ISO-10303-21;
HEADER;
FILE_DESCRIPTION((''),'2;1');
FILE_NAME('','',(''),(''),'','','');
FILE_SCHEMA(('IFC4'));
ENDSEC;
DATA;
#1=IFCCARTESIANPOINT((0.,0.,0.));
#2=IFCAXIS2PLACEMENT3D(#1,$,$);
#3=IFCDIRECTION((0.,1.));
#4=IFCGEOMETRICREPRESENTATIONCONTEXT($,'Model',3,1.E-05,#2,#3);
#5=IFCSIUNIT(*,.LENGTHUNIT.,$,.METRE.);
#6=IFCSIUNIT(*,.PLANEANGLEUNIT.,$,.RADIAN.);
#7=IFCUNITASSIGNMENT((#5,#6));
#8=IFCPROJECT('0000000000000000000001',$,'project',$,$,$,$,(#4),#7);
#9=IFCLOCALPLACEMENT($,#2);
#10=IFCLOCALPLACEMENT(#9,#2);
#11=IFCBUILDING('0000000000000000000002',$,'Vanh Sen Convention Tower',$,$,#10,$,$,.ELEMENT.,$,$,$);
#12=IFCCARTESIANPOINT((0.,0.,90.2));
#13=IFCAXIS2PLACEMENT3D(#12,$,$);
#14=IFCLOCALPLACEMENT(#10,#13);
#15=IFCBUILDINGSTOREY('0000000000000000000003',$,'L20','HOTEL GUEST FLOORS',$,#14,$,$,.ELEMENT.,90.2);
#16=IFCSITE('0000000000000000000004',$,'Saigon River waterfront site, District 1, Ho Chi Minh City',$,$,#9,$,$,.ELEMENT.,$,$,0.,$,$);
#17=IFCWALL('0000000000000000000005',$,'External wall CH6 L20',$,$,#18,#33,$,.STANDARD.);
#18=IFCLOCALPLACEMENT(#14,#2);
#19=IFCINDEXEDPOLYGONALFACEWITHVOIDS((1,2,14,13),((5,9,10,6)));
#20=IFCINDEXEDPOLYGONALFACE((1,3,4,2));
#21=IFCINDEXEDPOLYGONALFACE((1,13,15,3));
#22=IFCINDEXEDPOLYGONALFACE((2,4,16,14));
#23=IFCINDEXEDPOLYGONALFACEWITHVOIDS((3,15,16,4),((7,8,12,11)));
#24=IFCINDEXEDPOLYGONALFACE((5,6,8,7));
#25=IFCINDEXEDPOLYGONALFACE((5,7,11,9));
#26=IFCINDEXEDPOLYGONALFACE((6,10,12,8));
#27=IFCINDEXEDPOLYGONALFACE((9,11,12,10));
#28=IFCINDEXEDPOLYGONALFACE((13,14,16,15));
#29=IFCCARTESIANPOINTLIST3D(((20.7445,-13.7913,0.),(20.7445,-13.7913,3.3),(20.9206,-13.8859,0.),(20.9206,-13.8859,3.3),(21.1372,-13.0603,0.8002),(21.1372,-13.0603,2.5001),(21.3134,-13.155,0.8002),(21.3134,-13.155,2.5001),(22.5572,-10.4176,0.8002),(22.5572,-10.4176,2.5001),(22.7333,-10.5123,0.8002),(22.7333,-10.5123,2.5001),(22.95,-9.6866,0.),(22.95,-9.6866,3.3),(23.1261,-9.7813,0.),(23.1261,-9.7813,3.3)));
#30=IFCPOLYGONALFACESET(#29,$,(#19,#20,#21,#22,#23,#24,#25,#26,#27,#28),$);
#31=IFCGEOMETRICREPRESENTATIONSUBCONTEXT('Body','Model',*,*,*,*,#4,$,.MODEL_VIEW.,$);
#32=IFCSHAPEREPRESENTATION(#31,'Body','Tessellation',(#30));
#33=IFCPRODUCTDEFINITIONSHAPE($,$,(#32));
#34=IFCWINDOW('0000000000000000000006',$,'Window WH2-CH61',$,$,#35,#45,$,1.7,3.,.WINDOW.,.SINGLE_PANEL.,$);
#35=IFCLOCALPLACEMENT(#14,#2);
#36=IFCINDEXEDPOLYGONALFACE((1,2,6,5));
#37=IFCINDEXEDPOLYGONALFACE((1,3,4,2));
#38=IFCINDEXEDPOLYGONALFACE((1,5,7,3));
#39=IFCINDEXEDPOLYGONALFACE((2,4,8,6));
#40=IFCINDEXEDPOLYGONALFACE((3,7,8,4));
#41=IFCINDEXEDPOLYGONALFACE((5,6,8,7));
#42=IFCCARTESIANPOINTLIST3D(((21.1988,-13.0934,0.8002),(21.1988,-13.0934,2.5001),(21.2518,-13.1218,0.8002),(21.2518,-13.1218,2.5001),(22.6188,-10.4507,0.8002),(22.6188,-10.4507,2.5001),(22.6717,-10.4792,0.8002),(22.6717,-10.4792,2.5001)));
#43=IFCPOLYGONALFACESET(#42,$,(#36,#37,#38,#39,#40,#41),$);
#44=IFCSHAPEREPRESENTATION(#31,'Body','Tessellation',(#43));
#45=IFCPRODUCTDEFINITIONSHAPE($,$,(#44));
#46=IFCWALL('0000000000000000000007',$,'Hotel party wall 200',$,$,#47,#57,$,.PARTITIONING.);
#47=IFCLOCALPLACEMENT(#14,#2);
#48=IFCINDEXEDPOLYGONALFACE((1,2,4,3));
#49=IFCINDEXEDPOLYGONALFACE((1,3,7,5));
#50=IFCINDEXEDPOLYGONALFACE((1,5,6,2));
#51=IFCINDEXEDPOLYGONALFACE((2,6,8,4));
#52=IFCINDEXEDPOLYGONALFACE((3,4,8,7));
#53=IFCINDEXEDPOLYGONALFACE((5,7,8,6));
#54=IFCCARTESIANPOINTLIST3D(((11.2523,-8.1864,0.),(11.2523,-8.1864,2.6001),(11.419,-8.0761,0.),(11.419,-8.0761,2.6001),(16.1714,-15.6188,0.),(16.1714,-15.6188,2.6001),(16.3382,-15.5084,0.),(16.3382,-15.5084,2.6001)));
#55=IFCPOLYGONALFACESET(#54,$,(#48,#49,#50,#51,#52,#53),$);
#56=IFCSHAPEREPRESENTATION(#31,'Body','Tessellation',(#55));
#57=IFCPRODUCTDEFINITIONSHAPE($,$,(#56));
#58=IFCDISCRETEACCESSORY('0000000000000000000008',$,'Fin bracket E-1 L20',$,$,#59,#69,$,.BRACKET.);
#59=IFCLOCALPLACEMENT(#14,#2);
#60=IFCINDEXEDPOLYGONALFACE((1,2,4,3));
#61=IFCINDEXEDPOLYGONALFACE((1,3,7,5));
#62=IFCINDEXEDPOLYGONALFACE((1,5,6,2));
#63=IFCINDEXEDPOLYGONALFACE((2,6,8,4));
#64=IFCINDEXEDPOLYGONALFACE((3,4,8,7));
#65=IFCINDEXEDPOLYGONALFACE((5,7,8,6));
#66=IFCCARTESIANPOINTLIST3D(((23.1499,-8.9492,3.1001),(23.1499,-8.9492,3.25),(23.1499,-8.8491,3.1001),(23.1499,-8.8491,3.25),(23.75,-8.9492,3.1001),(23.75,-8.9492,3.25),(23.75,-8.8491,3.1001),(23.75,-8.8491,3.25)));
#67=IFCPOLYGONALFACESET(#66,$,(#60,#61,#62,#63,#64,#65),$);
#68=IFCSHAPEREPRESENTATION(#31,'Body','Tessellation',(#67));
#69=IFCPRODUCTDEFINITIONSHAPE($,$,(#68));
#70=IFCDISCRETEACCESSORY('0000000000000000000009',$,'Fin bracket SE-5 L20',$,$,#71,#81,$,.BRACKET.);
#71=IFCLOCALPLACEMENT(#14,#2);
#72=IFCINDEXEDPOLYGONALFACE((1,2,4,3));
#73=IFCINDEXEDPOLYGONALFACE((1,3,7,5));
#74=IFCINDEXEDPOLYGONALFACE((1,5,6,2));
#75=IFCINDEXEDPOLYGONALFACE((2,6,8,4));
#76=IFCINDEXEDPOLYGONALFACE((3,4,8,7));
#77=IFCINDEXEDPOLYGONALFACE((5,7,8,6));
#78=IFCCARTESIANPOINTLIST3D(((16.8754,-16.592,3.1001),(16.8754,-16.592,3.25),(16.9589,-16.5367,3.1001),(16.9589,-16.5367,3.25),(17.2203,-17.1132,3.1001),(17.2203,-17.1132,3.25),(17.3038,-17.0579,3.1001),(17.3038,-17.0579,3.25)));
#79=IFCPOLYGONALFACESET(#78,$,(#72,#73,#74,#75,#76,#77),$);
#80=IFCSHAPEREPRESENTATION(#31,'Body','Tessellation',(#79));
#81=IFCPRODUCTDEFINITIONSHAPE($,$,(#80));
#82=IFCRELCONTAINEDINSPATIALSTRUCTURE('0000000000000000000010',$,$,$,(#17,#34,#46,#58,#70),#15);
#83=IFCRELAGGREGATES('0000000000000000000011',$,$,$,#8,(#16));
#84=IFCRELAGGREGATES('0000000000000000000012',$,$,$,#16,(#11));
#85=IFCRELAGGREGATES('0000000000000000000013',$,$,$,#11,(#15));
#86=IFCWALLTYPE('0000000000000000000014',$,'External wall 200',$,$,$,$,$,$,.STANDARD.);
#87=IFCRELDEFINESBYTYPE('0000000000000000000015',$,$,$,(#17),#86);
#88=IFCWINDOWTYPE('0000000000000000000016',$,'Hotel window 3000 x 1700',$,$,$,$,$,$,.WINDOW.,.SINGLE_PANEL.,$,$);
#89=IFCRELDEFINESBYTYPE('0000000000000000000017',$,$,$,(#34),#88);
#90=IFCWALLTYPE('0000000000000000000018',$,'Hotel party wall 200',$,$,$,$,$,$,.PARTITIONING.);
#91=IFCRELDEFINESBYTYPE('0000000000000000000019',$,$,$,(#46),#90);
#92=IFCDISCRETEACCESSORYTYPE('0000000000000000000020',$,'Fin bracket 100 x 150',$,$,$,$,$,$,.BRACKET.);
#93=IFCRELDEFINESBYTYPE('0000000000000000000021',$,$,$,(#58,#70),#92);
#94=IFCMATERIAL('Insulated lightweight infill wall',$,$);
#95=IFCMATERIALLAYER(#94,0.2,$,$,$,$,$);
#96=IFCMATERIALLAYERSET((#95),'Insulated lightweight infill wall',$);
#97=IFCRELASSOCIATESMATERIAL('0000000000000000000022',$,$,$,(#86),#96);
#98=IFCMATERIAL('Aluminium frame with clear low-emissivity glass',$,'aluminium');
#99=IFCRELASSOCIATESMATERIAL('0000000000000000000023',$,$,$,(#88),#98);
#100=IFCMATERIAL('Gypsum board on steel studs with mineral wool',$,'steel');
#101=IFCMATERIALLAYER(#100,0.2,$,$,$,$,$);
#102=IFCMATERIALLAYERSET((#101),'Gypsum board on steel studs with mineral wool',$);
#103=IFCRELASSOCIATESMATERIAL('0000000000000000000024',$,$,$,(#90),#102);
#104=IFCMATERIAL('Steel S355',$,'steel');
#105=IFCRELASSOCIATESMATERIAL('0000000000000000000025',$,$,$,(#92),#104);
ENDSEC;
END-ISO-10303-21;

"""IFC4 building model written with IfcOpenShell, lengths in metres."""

from ifc_helpers import new_model, si_unit, direction, frame, frame_2d, origin, origin_2d, place, context, subcontext, project, spatial, rectangle, extrude, material, layer, layer_set, type_object, element, fill, save


model = new_model("IFC4")

# Units and contexts
model_context = context("Model", 3, precision=1e-05, world=origin(), true_north=direction((0.0, 1.0)))
body_context = subcontext(model_context, "Body", "Model", "MODEL_VIEW")
ifc_project = project(units=[si_unit("LENGTHUNIT", "METRE"), si_unit("PLANEANGLEUNIT", "RADIAN")], contexts=[model_context])

# Site, building, storey
site_placement = place(None, origin())
site = spatial("IfcSite", under=ifc_project, at=site_placement, Name="Saigon River waterfront site, District 1, Ho Chi Minh City", CompositionType="ELEMENT", RefElevation=0.0)
building_placement = place(site_placement, origin())
building = spatial("IfcBuilding", under=site, at=building_placement, Name="Vanh Sen Convention Tower", CompositionType="ELEMENT")
storey_placement = place(building_placement, frame((0.0, 0.0, 90.2)))
storey = spatial("IfcBuildingStorey", under=building, at=storey_placement, Name="L20", Description="HOTEL GUEST FLOORS", CompositionType="ELEMENT", Elevation=90.2)

# Shared definitions
ifc_material_1 = material(Name="Insulated lightweight infill wall")
ifc_layer_1 = layer(ifc_material_1, 0.2)
ifc_layer_set_1 = layer_set([ifc_layer_1], Name="Insulated lightweight infill wall")
wall_type_1 = type_object("IfcWallType", Name="External wall 200", PredefinedType="STANDARD", material=ifc_layer_set_1)
ifc_material_2 = material(Name="Aluminium frame with clear low-emissivity glass", Category="aluminium")

# Wall, opening, window
wall_1_placement = place(storey_placement, frame((20.8325, -13.8386, 0.0), z_axis=(0.0, 0.0, 1.0), x_axis=(0.473322, 0.88089, 0.0)))
wall_1 = element("IfcWall", 1, at=wall_1_placement, inside=storey, type_object=wall_type_1, Name="External wall CH6 L20", PredefinedType="STANDARD", context=body_context, shape_type="SweptSolid", body=[
    extrude(rectangle(XDim=4.6597, YDim=0.2, at=frame_2d((2.3298, 0.0))), origin(), (0.0, 0.0, 1.0), 3.3),
])
opening_1_placement = place(wall_1_placement, frame((0.8298, 0.0, 0.8)))
opening_1 = element("IfcOpeningElement", 2, at=opening_1_placement, cuts=wall_1, PredefinedType="OPENING", context=body_context, shape_type="SweptSolid", body=[
    extrude(rectangle(XDim=3.0, YDim=1.7, at=frame_2d((1.5, 0.8501))), frame((0.0, 0.1099, 0.0), z_axis=(0.0, -1.0, 0.0), x_axis=(1.0, 0.0, 0.0)), (0.0, 0.0, 1.0), 0.22),
])
window_type_1 = type_object("IfcWindowType", Name="Hotel window 3000 x 1700", PartitioningType="SINGLE_PANEL", PredefinedType="WINDOW", material=ifc_material_2)
window_1_placement = place(opening_1_placement, origin())
window_1 = element("IfcWindow", 3, at=window_1_placement, inside=storey, type_object=window_type_1, Name="Window WH2-CH61", OverallHeight=1.7, OverallWidth=3.0, PartitioningType="SINGLE_PANEL", PredefinedType="WINDOW", context=body_context, shape_type="SweptSolid", body=[
    extrude(rectangle(XDim=3.0, YDim=1.7, at=frame_2d((1.5, 0.8501))), frame((0.0, 0.03, 0.0), z_axis=(0.0, -1.0, 0.0), x_axis=(1.0, 0.0, 0.0)), (0.0, 0.0, 1.0), 0.0601),
])
fill(opening_1, window_1)

# Wall
ifc_material_3 = material(Name="Gypsum board on steel studs with mineral wool", Category="steel")
ifc_layer_2 = layer(ifc_material_3, 0.2)
ifc_layer_set_2 = layer_set([ifc_layer_2], Name="Gypsum board on steel studs with mineral wool")
wall_type_2 = type_object("IfcWallType", Name="Hotel party wall 200", PredefinedType="PARTITIONING", material=ifc_layer_set_2)
wall_2_placement = place(storey_placement, frame((16.2549, -15.5637, 0.0), z_axis=(0.0, 0.0, 1.0), x_axis=(-0.551922, 0.833896, 0.0)))
element("IfcWall", 4, at=wall_2_placement, inside=storey, type_object=wall_type_2, Name="Hotel party wall 200", PredefinedType="PARTITIONING", context=body_context, shape_type="SweptSolid", body=[
    extrude(rectangle(XDim=8.9128, YDim=0.2, at=frame_2d((4.4565, 0.0))), origin(), (0.0, 0.0, 1.0), 2.6001),
])

# Discrete accessories
ifc_material_4 = material(Name="Steel S355", Category="steel")
discrete_accessory_type = type_object("IfcDiscreteAccessoryType", Name="Fin bracket 100 x 150", PredefinedType="BRACKET", material=ifc_material_4)
discrete_accessory_1_placement = place(storey_placement, frame((23.45, -8.8992, 3.1001), z_axis=(0.0, 0.0, 1.0), x_axis=(1.0, 0.0, 0.0)))
element("IfcDiscreteAccessory", 5, at=discrete_accessory_1_placement, inside=storey, type_object=discrete_accessory_type, Name="Fin bracket E-1 L20", PredefinedType="BRACKET", context=body_context, shape_type="SweptSolid", body=[
    extrude(rectangle(XDim=0.6001, YDim=0.1001, at=origin_2d()), origin(), (0.0, 0.0, 1.0), 0.1499),
])
discrete_accessory_2_placement = place(storey_placement, frame((17.0896, -16.825, 3.1001), z_axis=(0.0, 0.0, 1.0), x_axis=(0.551937, -0.833886, 0.0)))
element("IfcDiscreteAccessory", 6, at=discrete_accessory_2_placement, inside=storey, type_object=discrete_accessory_type, Name="Fin bracket SE-5 L20", PredefinedType="BRACKET", context=body_context, shape_type="SweptSolid", body=[
    extrude(rectangle(XDim=0.625, YDim=0.1001, at=origin_2d()), origin(), (0.0, 0.0, 1.0), 0.1499),
])

save(model, "model.ifc")
